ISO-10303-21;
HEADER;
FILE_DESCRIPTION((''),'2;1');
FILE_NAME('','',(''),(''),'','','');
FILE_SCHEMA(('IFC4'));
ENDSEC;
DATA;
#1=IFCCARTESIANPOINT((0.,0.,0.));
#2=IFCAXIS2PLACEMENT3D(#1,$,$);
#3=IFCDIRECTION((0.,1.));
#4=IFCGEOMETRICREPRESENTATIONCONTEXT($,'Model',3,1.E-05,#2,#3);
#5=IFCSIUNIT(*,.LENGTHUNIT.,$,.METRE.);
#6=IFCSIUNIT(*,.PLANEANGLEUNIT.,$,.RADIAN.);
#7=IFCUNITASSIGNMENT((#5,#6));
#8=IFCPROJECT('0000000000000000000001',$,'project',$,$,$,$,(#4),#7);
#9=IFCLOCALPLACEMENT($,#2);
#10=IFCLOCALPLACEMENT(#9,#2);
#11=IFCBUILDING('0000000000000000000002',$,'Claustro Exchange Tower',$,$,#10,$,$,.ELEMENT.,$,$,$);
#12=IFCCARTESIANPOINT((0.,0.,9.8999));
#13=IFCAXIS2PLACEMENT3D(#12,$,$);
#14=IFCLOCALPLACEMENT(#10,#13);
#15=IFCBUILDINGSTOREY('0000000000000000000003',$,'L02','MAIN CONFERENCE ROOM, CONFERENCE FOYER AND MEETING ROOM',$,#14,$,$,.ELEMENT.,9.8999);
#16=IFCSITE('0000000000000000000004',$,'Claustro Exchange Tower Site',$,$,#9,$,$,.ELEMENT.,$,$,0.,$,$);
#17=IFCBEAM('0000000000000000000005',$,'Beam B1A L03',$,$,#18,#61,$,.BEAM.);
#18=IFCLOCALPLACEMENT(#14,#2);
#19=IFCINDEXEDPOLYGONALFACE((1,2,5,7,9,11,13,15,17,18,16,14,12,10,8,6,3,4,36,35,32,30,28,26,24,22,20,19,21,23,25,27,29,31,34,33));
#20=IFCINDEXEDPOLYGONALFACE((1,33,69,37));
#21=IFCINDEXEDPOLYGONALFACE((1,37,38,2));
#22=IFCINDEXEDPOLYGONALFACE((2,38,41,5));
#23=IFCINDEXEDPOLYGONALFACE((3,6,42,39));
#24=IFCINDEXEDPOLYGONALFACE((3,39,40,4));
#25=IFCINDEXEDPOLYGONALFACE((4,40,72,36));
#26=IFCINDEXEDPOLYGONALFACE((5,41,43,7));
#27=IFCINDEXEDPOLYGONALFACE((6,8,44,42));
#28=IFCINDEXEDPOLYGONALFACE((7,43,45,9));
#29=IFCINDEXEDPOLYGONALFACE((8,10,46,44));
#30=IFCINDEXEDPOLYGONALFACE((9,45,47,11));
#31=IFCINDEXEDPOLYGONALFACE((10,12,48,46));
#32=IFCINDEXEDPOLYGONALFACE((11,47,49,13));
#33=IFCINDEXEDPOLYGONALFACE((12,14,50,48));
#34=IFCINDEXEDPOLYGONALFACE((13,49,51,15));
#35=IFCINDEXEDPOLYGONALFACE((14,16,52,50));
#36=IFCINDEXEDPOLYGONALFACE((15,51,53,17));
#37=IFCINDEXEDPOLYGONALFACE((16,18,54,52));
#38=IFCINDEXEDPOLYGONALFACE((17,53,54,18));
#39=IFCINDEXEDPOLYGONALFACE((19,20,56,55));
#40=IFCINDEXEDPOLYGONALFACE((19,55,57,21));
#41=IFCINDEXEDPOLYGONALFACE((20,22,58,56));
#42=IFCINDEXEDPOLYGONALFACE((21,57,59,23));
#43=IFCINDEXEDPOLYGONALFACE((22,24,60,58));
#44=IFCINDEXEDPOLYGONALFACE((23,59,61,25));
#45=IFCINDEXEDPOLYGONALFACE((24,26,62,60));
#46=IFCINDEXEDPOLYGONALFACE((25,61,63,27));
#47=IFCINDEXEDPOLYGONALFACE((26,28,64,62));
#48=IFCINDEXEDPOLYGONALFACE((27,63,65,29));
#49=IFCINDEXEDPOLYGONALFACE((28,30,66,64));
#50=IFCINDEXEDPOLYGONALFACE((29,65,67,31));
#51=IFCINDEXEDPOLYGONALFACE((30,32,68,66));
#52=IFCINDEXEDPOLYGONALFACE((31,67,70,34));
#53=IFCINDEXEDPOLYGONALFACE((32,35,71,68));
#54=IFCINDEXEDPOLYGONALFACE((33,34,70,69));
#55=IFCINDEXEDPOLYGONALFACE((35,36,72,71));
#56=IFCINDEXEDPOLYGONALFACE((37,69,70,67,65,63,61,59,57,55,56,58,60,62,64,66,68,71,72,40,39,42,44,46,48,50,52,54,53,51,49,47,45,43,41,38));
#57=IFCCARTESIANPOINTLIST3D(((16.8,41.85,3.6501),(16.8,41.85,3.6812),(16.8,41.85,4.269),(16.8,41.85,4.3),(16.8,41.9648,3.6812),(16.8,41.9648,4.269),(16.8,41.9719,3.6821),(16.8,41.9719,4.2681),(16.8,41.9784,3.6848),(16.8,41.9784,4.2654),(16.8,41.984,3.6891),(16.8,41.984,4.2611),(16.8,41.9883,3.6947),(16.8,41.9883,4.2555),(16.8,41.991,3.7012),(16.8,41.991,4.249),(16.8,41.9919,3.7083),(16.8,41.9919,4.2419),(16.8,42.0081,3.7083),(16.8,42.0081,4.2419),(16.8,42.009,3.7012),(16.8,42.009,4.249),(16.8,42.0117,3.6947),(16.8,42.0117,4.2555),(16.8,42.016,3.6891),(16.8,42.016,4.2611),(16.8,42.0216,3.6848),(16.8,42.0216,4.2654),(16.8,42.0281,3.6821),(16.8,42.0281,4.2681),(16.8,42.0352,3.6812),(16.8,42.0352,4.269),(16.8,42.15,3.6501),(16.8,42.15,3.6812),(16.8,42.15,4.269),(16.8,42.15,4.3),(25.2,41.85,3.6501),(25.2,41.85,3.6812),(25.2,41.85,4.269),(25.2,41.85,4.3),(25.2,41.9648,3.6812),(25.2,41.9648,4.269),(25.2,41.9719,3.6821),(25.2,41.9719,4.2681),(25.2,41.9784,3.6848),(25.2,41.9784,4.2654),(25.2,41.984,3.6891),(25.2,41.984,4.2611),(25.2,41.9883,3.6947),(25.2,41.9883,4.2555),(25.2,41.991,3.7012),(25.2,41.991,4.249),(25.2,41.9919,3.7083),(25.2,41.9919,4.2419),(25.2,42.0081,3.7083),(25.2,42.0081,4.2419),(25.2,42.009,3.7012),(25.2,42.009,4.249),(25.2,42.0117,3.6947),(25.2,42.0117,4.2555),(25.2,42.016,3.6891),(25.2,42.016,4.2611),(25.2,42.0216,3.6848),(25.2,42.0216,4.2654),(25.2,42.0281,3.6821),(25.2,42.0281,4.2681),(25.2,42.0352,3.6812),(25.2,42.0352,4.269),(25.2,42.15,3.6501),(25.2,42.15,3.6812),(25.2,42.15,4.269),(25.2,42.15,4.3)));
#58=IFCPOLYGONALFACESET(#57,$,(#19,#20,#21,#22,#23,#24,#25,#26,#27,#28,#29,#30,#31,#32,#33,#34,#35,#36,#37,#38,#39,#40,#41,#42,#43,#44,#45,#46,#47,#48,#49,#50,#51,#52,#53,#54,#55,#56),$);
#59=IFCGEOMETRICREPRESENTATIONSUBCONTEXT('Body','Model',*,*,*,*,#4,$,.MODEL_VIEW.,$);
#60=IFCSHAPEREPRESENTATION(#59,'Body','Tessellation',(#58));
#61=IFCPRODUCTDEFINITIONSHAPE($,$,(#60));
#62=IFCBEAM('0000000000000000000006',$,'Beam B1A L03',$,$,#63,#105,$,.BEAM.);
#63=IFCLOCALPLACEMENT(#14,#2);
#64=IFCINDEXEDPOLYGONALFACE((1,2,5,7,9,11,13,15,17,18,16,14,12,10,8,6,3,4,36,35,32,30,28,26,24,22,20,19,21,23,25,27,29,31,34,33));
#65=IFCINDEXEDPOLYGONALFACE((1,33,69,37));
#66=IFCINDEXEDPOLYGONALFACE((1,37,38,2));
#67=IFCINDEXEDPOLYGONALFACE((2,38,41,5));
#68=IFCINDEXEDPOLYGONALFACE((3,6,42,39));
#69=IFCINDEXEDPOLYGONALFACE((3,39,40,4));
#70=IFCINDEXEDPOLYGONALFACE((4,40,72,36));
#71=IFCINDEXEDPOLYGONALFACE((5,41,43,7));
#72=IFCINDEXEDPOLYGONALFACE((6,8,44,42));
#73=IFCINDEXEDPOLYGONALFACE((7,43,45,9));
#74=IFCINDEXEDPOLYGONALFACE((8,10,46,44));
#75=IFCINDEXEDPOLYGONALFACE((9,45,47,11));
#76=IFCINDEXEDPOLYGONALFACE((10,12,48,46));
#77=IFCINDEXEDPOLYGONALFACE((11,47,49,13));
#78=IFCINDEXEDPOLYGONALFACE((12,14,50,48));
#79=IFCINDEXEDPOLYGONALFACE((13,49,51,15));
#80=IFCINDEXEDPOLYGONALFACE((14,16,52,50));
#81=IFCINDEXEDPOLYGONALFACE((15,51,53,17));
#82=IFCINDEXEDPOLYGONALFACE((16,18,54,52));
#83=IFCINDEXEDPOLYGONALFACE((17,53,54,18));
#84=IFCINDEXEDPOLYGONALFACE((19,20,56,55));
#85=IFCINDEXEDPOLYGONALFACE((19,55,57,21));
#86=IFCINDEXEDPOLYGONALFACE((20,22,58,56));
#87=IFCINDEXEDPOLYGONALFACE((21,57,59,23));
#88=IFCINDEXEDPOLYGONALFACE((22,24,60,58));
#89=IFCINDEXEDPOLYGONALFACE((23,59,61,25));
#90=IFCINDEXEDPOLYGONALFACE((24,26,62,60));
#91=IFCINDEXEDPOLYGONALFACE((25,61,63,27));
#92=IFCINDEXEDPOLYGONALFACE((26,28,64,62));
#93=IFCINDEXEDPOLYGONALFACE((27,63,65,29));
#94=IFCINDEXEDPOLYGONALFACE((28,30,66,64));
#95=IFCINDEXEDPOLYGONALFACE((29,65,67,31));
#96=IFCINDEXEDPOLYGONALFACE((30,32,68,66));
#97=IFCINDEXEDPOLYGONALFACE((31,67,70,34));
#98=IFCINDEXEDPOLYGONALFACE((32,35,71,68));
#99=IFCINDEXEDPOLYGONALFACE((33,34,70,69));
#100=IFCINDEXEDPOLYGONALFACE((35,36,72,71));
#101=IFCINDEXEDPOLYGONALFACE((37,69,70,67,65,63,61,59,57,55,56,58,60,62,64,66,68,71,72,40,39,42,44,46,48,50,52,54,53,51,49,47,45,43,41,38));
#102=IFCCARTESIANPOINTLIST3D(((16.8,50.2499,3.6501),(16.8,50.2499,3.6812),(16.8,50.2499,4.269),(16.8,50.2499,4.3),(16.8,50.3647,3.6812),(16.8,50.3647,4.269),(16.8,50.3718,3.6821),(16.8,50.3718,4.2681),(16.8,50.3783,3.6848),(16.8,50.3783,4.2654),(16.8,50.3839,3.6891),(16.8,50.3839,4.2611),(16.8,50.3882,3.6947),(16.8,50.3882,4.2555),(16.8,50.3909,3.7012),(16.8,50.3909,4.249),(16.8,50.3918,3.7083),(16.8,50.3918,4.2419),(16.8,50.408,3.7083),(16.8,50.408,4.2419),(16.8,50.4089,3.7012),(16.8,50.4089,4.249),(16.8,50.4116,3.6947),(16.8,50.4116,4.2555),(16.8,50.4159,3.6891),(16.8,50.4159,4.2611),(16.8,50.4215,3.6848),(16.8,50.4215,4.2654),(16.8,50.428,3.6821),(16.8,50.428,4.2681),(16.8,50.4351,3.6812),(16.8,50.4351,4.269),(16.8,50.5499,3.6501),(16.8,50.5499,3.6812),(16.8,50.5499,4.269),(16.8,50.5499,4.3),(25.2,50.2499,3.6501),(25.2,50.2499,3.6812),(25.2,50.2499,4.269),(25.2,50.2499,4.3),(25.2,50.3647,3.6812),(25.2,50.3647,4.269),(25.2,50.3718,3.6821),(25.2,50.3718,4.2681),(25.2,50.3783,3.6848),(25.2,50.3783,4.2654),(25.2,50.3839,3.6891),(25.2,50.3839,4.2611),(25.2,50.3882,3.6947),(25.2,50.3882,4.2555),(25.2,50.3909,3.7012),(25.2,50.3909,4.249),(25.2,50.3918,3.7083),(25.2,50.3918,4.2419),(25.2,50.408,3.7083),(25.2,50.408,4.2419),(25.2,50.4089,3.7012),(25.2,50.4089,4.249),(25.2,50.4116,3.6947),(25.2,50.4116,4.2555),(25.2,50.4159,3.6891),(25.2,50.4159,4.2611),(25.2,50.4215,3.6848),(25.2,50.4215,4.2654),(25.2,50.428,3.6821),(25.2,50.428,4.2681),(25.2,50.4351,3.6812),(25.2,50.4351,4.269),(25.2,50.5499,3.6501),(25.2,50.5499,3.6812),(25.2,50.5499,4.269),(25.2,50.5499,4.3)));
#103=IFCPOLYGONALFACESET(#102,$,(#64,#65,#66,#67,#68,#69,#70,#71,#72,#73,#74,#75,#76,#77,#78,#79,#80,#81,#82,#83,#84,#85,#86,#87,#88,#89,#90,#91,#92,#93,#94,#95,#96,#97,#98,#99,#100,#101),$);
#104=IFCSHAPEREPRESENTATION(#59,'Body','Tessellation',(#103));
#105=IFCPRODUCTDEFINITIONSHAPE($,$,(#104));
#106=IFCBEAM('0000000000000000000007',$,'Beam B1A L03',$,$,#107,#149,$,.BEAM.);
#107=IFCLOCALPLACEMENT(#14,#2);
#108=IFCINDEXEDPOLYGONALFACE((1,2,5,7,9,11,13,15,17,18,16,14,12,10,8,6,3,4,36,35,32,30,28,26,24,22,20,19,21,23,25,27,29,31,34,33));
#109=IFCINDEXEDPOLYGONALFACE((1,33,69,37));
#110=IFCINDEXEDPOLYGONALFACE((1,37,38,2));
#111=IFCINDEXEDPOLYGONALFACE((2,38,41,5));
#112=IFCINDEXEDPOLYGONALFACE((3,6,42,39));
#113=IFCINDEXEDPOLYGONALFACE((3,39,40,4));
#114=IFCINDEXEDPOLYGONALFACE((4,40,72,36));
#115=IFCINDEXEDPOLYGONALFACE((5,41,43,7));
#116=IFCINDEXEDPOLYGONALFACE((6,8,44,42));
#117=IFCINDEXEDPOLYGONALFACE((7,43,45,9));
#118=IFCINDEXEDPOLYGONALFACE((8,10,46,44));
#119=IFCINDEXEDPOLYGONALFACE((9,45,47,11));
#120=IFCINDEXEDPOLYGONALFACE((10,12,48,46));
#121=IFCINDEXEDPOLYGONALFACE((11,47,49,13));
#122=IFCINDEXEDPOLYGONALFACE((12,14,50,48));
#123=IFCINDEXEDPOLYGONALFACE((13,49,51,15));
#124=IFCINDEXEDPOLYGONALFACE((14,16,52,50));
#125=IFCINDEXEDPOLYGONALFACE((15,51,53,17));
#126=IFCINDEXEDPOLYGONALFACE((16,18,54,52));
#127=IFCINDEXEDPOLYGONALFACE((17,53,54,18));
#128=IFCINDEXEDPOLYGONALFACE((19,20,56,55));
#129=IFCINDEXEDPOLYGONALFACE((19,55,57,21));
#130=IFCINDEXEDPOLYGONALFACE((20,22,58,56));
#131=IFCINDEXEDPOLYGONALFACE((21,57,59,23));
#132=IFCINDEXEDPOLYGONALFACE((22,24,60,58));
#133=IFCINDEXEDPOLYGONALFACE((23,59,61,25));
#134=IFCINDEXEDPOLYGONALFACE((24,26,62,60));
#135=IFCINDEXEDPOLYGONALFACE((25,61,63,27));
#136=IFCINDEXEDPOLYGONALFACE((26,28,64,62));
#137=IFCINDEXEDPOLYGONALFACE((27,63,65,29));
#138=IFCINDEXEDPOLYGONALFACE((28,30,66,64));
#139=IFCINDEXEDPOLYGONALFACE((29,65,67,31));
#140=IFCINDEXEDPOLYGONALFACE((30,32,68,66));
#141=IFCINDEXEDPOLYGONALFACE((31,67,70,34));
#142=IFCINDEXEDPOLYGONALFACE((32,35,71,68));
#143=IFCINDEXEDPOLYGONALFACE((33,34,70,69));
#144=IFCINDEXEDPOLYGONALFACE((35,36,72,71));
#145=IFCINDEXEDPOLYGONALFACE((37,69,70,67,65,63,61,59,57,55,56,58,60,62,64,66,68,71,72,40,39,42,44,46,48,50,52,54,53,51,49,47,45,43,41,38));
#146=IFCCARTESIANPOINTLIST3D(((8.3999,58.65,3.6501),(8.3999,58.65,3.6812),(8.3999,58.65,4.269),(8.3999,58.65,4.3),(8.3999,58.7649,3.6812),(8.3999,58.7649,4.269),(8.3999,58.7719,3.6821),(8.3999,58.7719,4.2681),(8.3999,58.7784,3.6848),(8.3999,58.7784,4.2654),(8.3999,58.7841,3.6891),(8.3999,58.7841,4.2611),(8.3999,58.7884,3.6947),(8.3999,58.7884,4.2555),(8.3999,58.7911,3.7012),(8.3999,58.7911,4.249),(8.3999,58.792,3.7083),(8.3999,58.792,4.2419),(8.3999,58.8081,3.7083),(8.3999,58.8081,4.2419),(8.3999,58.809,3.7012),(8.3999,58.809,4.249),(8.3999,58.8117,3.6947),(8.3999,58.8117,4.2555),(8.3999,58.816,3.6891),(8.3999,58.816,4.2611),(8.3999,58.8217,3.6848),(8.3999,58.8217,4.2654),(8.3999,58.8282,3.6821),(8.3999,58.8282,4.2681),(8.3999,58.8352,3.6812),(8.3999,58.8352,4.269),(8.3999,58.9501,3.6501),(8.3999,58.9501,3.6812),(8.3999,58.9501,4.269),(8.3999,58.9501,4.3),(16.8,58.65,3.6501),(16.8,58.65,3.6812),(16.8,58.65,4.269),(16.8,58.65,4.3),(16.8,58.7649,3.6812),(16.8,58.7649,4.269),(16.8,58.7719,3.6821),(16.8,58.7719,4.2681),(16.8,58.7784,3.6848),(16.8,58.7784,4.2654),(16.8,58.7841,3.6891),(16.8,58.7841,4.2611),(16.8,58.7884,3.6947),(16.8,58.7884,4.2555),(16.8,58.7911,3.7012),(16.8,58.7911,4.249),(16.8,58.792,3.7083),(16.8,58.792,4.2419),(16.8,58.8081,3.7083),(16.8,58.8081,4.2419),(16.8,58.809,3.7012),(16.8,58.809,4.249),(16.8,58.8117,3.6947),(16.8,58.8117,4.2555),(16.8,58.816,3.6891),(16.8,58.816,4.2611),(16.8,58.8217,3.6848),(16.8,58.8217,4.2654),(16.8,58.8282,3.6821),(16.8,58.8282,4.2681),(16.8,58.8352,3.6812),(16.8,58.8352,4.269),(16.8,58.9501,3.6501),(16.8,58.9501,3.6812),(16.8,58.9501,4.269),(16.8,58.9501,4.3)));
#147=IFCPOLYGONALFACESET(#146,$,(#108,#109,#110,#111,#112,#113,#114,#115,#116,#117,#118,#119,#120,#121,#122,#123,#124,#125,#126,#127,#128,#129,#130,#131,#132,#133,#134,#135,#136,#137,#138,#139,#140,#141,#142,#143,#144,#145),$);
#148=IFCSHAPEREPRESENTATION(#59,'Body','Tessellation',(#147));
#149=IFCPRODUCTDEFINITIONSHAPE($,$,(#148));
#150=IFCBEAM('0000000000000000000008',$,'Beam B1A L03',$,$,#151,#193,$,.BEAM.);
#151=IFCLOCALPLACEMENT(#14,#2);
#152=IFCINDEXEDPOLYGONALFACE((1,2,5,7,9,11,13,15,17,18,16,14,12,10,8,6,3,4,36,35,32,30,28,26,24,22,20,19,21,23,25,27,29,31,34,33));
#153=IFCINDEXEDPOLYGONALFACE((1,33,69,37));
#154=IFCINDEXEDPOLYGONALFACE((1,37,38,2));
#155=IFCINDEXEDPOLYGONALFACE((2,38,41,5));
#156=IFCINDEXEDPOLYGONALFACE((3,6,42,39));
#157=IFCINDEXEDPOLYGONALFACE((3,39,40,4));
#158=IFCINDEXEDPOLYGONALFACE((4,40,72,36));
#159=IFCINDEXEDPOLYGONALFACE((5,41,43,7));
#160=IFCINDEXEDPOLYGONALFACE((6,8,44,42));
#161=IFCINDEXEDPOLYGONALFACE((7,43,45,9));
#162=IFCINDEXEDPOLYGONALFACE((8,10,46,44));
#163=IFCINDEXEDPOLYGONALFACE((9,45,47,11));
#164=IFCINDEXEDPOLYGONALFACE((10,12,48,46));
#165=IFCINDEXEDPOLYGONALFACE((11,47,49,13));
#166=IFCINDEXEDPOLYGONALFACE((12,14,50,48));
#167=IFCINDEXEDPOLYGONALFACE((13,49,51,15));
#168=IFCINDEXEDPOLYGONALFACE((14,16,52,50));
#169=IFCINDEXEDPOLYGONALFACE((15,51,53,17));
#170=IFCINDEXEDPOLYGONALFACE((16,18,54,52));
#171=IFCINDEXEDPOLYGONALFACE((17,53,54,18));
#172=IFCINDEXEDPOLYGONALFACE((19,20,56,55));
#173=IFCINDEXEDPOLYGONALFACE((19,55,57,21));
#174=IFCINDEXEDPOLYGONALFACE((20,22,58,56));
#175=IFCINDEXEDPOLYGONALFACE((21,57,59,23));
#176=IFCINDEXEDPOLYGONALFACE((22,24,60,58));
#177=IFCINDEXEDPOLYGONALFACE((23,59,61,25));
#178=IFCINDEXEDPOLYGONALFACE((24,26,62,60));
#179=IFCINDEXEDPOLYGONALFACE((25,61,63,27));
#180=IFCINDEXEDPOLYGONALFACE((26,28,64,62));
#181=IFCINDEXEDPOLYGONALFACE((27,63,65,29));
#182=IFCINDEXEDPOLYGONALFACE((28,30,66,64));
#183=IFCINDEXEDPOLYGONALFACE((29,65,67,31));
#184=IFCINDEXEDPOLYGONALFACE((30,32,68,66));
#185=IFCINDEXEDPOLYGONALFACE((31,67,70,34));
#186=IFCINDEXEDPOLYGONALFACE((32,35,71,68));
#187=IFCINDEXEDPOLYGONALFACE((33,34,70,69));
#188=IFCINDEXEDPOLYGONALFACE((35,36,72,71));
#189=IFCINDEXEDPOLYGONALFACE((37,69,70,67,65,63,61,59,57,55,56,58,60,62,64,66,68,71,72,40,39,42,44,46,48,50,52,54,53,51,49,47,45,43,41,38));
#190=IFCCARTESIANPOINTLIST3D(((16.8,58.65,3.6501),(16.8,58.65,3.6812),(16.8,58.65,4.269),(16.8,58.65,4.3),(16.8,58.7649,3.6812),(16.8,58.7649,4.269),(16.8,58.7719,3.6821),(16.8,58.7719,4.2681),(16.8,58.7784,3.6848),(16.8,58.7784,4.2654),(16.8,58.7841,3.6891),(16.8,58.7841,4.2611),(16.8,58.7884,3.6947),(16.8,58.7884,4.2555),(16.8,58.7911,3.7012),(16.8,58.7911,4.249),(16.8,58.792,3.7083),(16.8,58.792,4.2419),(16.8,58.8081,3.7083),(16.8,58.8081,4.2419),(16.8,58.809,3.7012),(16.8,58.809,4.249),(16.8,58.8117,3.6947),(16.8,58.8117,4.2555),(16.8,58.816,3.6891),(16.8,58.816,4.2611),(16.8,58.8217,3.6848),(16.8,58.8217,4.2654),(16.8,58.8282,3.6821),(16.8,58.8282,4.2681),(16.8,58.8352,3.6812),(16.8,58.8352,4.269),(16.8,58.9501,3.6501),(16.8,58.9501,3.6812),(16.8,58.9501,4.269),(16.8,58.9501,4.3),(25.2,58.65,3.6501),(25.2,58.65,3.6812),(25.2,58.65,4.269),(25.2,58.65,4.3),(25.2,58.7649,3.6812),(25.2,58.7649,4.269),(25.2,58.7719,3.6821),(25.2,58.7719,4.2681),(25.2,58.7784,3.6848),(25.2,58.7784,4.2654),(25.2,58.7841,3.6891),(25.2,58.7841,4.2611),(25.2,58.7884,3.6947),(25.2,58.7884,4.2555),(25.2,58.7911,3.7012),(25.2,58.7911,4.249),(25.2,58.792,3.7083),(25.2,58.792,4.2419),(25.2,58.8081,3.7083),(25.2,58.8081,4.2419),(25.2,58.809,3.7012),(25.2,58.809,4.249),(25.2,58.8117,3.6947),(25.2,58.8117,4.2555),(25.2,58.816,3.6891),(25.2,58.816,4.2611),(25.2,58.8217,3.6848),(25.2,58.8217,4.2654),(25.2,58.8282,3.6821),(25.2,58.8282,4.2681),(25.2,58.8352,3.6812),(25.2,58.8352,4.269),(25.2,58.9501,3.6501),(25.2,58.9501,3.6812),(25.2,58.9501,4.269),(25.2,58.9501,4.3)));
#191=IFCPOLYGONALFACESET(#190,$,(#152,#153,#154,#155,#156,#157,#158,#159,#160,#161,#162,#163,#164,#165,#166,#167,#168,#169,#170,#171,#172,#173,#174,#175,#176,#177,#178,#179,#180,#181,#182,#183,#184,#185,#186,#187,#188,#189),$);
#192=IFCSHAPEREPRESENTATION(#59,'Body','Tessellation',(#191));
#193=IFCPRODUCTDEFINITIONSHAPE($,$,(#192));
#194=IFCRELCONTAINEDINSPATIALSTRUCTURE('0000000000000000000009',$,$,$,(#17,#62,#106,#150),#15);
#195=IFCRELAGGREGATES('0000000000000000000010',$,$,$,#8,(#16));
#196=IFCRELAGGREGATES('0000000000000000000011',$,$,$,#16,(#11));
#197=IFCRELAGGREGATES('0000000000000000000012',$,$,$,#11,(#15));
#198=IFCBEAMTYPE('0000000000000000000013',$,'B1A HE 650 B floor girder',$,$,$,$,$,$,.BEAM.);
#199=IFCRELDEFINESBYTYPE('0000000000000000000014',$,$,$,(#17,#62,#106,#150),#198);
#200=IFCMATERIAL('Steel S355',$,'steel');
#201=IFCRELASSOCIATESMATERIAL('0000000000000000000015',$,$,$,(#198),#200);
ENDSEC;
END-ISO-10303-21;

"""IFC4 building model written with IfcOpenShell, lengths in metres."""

from ifc_helpers import new_model, si_unit, direction, frame, origin, origin_2d, place, context, subcontext, project, spatial, i_section, extrude, material, material_profile, profile_set, type_object, element, save


model = new_model("IFC4")

# Units and contexts
model_context = context("Model", 3, precision=1e-05, world=origin(), true_north=direction((0.0, 1.0)))
body_context = subcontext(model_context, "Body", "Model", "MODEL_VIEW")
ifc_project = project(units=[si_unit("LENGTHUNIT", "METRE"), si_unit("PLANEANGLEUNIT", "RADIAN")], contexts=[model_context])

# Site, building, storey
site_placement = place(None, origin())
site = spatial("IfcSite", under=ifc_project, at=site_placement, Name="Claustro Exchange Tower Site", CompositionType="ELEMENT", RefElevation=0.0)
building_placement = place(site_placement, origin())
building = spatial("IfcBuilding", under=site, at=building_placement, Name="Claustro Exchange Tower", CompositionType="ELEMENT")
storey_placement = place(building_placement, frame((0.0, 0.0, 9.8999)))
storey = spatial("IfcBuildingStorey", under=building, at=storey_placement, Name="L02", Description="MAIN CONFERENCE ROOM, CONFERENCE FOYER AND MEETING ROOM", CompositionType="ELEMENT", Elevation=9.8999)

# Beams
ifc_material_1 = material(Name="Steel S355", Category="steel")
ifc_material_profile_1 = material_profile(ifc_material_1, i_section(OverallWidth=0.3, OverallDepth=0.6499, WebThickness=0.0161, FlangeThickness=0.031, FilletRadius=0.0271, at=origin_2d()), Name="HE 650 B")
ifc_profile_set_1 = profile_set([ifc_material_profile_1], Name="Steel S355")
beam_type_1 = type_object("IfcBeamType", Name="B1A HE 650 B floor girder", PredefinedType="BEAM", material=ifc_profile_set_1)
for number, where, z_axis, x_axis, name in (
    (1, (16.8, 42.0, 3.9751), (1.0, 0.0, 0.0), (0.0, 1.0, 0.0), "Beam B1A L03"),
    (2, (16.8, 50.3999, 3.9751), (1.0, 0.0, 0.0), (0.0, 1.0, 0.0), "Beam B1A L03"),
):
    element("IfcBeam", number, at=place(storey_placement, frame(where, z_axis=z_axis, x_axis=x_axis)), inside=storey, type_object=beam_type_1, Name=name, PredefinedType="BEAM", context=body_context, shape_type="SweptSolid", body=[
        extrude(i_section(OverallWidth=0.3, OverallDepth=0.6499, WebThickness=0.0161, FlangeThickness=0.031, FilletRadius=0.0271, at=origin_2d()), origin(), (0.0, 0.0, 1.0), 8.3999),
    ])
beam_1_placement = place(storey_placement, frame((8.3999, 58.8, 3.9751), z_axis=(1.0, 0.0, 0.0), x_axis=(0.0, 1.0, 0.0)))
element("IfcBeam", 3, at=beam_1_placement, inside=storey, type_object=beam_type_1, Name="Beam B1A L03", PredefinedType="BEAM", context=body_context, shape_type="SweptSolid", body=[
    extrude(i_section(OverallWidth=0.3, OverallDepth=0.6499, WebThickness=0.0161, FlangeThickness=0.031, FilletRadius=0.0271, at=origin_2d()), origin(), (0.0, 0.0, 1.0), 8.4001),
])
beam_2_placement = place(storey_placement, frame((16.8, 58.8, 3.9751), z_axis=(1.0, 0.0, 0.0), x_axis=(0.0, 1.0, 0.0)))
element("IfcBeam", 4, at=beam_2_placement, inside=storey, type_object=beam_type_1, Name="Beam B1A L03", PredefinedType="BEAM", context=body_context, shape_type="SweptSolid", body=[
    extrude(i_section(OverallWidth=0.3, OverallDepth=0.6499, WebThickness=0.0161, FlangeThickness=0.031, FilletRadius=0.0271, at=origin_2d()), origin(), (0.0, 0.0, 1.0), 8.3999),
])

save(model, "model.ifc")
